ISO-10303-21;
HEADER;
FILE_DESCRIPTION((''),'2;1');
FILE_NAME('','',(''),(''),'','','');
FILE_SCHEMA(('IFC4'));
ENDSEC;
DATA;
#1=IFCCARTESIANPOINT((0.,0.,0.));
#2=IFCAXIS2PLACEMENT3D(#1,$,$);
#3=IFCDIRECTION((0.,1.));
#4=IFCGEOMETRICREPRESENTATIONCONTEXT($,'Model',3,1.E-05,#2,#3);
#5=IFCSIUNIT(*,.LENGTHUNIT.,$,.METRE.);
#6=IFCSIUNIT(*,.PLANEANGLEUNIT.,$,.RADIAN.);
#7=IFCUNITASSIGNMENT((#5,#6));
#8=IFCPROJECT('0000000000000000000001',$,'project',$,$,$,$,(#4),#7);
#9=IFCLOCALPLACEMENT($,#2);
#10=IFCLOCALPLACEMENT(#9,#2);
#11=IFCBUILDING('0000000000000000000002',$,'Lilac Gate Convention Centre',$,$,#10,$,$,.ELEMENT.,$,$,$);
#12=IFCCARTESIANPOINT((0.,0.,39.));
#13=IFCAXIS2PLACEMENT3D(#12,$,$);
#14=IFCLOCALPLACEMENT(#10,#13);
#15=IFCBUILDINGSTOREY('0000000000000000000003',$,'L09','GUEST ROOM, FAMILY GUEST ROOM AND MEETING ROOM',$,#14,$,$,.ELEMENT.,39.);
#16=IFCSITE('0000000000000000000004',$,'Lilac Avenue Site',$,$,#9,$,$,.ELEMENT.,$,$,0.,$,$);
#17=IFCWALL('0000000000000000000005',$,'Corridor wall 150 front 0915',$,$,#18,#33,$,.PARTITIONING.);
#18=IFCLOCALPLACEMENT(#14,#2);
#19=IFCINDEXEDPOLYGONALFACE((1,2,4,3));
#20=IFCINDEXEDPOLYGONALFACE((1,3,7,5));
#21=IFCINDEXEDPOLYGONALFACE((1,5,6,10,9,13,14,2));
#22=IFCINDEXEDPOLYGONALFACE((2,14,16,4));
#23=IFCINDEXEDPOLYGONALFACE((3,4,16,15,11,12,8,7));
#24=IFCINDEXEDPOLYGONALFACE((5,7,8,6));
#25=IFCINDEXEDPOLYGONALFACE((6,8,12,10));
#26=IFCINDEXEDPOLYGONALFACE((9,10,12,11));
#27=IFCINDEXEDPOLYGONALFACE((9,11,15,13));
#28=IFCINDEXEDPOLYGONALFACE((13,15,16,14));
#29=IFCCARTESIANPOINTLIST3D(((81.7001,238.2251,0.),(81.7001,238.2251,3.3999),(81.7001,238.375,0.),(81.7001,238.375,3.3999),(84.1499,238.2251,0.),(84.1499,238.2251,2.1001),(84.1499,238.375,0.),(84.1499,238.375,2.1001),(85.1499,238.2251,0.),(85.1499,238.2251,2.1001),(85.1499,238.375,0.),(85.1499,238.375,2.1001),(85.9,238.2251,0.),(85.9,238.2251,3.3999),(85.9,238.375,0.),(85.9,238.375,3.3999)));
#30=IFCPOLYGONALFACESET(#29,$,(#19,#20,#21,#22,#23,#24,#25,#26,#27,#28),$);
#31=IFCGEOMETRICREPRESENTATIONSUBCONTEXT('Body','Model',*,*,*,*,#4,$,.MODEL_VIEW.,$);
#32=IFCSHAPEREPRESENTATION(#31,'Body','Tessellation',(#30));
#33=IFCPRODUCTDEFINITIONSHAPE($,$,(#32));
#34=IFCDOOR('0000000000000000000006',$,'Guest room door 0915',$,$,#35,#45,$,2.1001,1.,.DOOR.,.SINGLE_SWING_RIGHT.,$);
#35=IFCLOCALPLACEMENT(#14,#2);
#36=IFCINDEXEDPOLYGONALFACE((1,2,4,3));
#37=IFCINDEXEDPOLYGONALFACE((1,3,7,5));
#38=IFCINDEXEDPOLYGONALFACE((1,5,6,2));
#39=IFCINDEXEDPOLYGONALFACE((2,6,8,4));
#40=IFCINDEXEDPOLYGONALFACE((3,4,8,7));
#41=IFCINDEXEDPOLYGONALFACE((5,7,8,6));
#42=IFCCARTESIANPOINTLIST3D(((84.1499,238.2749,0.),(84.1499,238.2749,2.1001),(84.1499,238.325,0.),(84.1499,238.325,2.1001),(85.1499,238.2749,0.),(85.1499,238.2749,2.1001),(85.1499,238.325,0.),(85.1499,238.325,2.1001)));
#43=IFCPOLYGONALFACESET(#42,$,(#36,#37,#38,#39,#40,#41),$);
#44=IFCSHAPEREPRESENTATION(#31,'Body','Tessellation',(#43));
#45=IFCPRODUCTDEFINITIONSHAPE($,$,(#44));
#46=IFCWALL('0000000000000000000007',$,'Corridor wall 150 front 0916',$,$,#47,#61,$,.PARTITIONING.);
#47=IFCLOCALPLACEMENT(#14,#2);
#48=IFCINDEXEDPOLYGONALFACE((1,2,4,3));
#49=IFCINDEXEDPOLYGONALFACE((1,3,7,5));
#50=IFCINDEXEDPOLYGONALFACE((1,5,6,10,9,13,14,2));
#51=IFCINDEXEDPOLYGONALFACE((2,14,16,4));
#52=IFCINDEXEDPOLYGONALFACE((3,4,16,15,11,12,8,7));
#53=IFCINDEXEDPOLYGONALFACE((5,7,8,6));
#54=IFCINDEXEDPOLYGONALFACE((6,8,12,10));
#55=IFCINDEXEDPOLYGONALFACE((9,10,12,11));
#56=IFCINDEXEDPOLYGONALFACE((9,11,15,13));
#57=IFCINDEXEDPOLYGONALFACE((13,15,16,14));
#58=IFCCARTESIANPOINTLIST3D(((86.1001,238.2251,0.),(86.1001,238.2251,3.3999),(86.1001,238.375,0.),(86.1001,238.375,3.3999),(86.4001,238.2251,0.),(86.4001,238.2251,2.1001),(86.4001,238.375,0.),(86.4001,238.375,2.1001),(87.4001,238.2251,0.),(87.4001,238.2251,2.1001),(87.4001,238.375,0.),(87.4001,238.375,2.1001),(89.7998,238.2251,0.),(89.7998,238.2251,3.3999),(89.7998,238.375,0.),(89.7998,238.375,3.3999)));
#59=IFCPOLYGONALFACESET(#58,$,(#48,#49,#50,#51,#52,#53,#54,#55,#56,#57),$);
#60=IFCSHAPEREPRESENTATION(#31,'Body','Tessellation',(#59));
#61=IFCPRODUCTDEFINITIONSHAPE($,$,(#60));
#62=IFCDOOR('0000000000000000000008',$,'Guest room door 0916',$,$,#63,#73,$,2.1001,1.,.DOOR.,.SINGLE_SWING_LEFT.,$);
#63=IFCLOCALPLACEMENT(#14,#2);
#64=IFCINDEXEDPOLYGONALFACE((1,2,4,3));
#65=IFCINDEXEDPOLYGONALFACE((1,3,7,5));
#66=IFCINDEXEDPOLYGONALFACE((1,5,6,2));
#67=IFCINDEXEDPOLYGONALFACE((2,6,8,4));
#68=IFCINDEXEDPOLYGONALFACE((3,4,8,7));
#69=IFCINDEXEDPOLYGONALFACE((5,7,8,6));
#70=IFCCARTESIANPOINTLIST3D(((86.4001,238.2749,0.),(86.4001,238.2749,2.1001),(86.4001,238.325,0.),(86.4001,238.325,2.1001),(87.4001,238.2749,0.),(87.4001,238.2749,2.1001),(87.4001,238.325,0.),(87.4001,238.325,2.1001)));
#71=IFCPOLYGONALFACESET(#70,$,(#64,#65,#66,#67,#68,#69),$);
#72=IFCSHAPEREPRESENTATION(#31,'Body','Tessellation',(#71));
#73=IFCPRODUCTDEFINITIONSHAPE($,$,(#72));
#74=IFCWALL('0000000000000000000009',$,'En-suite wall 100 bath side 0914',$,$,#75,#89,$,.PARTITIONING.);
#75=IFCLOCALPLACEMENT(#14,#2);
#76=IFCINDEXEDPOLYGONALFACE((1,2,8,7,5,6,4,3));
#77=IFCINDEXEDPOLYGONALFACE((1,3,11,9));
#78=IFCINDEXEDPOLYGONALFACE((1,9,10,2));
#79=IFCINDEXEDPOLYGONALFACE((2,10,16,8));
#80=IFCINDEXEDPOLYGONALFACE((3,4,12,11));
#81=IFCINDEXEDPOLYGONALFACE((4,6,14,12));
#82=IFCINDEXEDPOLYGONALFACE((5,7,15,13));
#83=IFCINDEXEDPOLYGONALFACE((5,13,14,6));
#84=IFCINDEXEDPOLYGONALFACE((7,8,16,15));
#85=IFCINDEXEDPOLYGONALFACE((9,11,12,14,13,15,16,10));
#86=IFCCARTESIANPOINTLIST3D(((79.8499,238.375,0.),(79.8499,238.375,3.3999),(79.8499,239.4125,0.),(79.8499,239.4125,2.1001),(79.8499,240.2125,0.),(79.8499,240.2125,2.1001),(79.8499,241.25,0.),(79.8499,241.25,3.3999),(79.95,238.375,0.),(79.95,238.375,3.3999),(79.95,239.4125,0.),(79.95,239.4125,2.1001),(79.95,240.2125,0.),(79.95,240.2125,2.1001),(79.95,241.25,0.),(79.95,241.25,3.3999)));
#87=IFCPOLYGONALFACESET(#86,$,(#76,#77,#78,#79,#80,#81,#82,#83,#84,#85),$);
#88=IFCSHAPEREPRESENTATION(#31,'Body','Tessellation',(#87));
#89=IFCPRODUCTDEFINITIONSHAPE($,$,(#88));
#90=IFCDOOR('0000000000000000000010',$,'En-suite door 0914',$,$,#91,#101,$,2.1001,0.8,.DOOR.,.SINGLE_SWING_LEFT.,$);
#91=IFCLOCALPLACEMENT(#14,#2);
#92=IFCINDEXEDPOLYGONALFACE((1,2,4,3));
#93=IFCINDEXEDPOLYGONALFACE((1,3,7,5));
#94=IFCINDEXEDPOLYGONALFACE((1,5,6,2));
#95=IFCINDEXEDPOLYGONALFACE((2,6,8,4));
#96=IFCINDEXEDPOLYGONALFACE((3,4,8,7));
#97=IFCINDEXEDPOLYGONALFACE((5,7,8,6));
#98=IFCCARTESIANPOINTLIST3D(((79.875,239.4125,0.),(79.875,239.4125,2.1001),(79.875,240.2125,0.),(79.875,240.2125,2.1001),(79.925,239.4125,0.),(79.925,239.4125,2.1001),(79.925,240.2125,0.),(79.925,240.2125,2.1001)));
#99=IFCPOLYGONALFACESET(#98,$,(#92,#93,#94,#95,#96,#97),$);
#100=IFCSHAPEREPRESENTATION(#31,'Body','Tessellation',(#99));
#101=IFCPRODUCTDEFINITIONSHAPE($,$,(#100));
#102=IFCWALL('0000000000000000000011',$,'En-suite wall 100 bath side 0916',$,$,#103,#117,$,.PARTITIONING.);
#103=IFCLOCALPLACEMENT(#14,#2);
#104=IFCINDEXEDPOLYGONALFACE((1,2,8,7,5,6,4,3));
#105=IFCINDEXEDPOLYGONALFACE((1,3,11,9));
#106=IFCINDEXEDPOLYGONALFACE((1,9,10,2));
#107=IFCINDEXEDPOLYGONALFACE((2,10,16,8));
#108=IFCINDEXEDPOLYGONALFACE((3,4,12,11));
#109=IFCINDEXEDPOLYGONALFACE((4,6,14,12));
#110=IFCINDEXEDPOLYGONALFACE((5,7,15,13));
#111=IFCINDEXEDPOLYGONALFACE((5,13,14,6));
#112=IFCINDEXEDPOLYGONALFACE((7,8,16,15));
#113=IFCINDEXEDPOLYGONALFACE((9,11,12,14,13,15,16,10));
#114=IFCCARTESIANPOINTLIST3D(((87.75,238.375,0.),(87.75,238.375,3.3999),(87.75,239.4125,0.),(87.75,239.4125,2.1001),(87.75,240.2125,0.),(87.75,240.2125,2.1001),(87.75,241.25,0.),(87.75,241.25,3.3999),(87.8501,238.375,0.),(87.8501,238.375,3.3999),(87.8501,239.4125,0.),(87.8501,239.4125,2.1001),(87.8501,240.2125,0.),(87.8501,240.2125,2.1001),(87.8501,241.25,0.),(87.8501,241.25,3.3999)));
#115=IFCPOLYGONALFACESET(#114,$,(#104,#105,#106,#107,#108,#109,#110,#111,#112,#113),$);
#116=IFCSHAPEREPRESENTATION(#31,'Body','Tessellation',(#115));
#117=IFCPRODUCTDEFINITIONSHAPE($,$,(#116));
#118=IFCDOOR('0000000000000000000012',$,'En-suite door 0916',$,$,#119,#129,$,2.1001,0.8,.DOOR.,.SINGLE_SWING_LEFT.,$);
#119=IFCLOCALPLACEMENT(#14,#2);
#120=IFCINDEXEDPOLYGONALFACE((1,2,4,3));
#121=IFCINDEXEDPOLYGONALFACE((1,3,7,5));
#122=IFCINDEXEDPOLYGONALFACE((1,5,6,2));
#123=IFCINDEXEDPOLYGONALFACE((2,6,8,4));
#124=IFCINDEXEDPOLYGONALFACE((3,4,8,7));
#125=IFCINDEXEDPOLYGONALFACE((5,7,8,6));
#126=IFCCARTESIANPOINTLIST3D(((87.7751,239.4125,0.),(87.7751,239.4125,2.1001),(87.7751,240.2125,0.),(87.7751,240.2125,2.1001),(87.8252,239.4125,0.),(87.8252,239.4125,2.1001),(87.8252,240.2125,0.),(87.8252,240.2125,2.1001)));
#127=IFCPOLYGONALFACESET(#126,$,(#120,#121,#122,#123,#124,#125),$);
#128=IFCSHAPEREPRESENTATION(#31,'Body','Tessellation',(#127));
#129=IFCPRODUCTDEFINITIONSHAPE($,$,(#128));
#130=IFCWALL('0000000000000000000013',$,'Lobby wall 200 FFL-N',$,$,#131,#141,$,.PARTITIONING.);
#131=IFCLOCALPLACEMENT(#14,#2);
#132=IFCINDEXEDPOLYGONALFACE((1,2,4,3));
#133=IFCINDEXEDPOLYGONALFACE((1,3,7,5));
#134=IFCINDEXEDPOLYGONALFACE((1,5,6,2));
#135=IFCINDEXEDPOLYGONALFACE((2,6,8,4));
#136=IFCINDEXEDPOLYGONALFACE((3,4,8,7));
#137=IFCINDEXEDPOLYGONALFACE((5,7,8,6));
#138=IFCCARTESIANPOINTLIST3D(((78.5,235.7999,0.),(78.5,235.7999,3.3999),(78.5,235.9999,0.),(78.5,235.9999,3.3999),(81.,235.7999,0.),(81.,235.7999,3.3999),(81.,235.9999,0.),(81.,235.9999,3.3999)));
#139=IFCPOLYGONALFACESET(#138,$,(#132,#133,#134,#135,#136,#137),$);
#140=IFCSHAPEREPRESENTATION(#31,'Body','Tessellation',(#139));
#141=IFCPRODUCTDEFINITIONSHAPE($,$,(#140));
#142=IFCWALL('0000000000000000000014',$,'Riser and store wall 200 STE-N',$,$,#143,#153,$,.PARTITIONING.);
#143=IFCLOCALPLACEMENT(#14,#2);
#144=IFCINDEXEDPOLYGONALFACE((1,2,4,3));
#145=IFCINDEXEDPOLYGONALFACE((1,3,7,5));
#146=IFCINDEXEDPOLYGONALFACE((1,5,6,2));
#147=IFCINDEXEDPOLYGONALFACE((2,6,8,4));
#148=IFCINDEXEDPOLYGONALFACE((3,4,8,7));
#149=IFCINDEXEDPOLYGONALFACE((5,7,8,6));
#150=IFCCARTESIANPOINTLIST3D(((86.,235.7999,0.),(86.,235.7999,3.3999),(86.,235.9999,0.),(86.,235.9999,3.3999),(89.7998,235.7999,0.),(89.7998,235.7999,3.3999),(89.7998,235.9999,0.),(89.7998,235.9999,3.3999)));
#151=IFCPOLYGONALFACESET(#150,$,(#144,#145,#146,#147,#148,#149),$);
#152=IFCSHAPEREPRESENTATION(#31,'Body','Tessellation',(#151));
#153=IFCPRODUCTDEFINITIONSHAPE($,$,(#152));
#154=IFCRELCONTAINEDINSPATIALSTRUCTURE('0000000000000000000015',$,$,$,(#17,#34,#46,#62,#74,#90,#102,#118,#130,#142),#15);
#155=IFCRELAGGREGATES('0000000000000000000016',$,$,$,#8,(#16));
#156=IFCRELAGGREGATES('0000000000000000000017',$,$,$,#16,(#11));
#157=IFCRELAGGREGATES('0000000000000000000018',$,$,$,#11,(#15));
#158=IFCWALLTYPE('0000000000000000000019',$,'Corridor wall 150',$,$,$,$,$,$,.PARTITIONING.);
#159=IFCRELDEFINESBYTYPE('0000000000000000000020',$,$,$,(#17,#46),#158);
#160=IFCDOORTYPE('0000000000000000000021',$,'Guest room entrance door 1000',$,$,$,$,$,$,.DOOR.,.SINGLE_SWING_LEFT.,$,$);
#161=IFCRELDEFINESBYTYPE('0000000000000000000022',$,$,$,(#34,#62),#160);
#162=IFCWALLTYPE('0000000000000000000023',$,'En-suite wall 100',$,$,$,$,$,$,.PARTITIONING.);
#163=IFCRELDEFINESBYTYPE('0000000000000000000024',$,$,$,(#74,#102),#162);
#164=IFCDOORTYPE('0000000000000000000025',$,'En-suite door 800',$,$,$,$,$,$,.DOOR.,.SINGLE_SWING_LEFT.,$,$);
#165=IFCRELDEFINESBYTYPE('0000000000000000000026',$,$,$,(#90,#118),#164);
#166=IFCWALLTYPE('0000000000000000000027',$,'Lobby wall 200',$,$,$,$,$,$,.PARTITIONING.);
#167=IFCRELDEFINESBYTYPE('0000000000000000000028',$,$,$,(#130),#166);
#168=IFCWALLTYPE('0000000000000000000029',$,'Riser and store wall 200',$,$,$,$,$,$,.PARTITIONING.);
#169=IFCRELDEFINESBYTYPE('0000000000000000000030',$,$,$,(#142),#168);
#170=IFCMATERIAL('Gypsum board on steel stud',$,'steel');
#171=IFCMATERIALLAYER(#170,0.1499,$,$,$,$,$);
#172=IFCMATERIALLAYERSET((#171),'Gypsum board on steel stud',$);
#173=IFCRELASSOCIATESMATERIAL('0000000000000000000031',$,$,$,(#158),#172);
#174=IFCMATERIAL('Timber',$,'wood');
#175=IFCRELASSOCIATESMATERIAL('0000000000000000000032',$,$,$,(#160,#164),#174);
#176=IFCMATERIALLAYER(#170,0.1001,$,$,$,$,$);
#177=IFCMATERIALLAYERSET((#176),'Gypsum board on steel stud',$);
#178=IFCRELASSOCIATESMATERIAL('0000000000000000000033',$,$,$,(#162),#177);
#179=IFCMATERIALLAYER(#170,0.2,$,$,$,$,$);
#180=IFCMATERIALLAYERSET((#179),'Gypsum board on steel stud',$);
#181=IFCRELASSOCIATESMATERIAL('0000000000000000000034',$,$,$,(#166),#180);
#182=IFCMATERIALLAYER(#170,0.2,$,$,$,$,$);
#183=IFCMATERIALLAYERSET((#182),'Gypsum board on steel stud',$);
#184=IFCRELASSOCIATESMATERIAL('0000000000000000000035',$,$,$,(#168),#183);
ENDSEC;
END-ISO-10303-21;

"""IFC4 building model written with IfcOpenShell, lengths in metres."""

from ifc_helpers import new_model, si_unit, direction, frame, frame_2d, origin, place, context, subcontext, project, spatial, rectangle, extrude, material, layer, layer_set, type_object, element, fill, save


model = new_model("IFC4")

# Units and contexts
model_context = context("Model", 3, precision=1e-05, world=origin(), true_north=direction((0.0, 1.0)))
body_context = subcontext(model_context, "Body", "Model", "MODEL_VIEW")
ifc_project = project(units=[si_unit("LENGTHUNIT", "METRE"), si_unit("PLANEANGLEUNIT", "RADIAN")], contexts=[model_context])

# Site, building, storey
site_placement = place(None, origin())
site = spatial("IfcSite", under=ifc_project, at=site_placement, Name="Lilac Avenue Site", CompositionType="ELEMENT", RefElevation=0.0)
building_placement = place(site_placement, origin())
building = spatial("IfcBuilding", under=site, at=building_placement, Name="Lilac Gate Convention Centre", CompositionType="ELEMENT")
storey_placement = place(building_placement, frame((0.0, 0.0, 39.0)))
storey = spatial("IfcBuildingStorey", under=building, at=storey_placement, Name="L09", Description="GUEST ROOM, FAMILY GUEST ROOM AND MEETING ROOM", CompositionType="ELEMENT", Elevation=39.0)

# Walls, openings, doors
ifc_material_1 = material(Name="Gypsum board on steel stud", Category="steel")
ifc_layer_1 = layer(ifc_material_1, 0.1499)
ifc_layer_set_1 = layer_set([ifc_layer_1], Name="Gypsum board on steel stud")
wall_type_1 = type_object("IfcWallType", Name="Corridor wall 150", PredefinedType="PARTITIONING", material=ifc_layer_set_1)
ifc_material_2 = material(Name="Timber", Category="wood")
door_type_1 = type_object("IfcDoorType", Name="Guest room entrance door 1000", OperationType="SINGLE_SWING_LEFT", PredefinedType="DOOR", material=ifc_material_2)
wall_1_placement = place(storey_placement, frame((81.7, 238.3, 0.0), z_axis=(0.0, 0.0, 1.0), x_axis=(1.0, 0.0, 0.0)))
wall_1 = element("IfcWall", 1, at=wall_1_placement, inside=storey, type_object=wall_type_1, Name="Corridor wall 150 front 0915", PredefinedType="PARTITIONING", context=body_context, shape_type="SweptSolid", body=[
    extrude(rectangle(XDim=4.2, YDim=0.1499, at=frame_2d((2.1001, 0.0))), origin(), (0.0, 0.0, 1.0), 3.3999),
])
opening_1_placement = place(wall_1_placement, frame((2.45, 0.0, 0.0)))
opening_1 = element("IfcOpeningElement", 2, at=opening_1_placement, cuts=wall_1, PredefinedType="OPENING", context=body_context, shape_type="SweptSolid", body=[
    extrude(rectangle(XDim=1.0, YDim=2.1001, at=frame_2d((0.5, 1.05))), frame((0.0, 0.085, 0.0), z_axis=(0.0, -1.0, 0.0), x_axis=(1.0, 0.0, 0.0)), (0.0, 0.0, 1.0), 0.1699),
])
door_1_placement = place(opening_1_placement, origin())
door_1 = element("IfcDoor", 3, at=door_1_placement, inside=storey, type_object=door_type_1, Name="Guest room door 0915", OperationType="SINGLE_SWING_RIGHT", OverallHeight=2.1001, OverallWidth=1.0, PredefinedType="DOOR", context=body_context, shape_type="SweptSolid", body=[
    extrude(rectangle(XDim=1.0, YDim=2.1001, at=frame_2d((0.5, 1.05))), frame((0.0, 0.0249, 0.0), z_axis=(0.0, -1.0, 0.0), x_axis=(1.0, 0.0, 0.0)), (0.0, 0.0, 1.0), 0.05),
])
fill(opening_1, door_1)
wall_2_placement = place(storey_placement, frame((86.1001, 238.3, 0.0), z_axis=(0.0, 0.0, 1.0), x_axis=(1.0, 0.0, 0.0)))
wall_2 = element("IfcWall", 4, at=wall_2_placement, inside=storey, type_object=wall_type_1, Name="Corridor wall 150 front 0916", PredefinedType="PARTITIONING", context=body_context, shape_type="SweptSolid", body=[
    extrude(rectangle(XDim=3.6997, YDim=0.1499, at=frame_2d((1.8499, 0.0))), origin(), (0.0, 0.0, 1.0), 3.3999),
])
opening_2_placement = place(wall_2_placement, frame((0.3, 0.0, 0.0)))
opening_2 = element("IfcOpeningElement", 5, at=opening_2_placement, cuts=wall_2, PredefinedType="OPENING", context=body_context, shape_type="SweptSolid", body=[
    extrude(rectangle(XDim=1.0, YDim=2.1001, at=frame_2d((0.5, 1.05))), frame((0.0, 0.085, 0.0), z_axis=(0.0, -1.0, 0.0), x_axis=(1.0, 0.0, 0.0)), (0.0, 0.0, 1.0), 0.1699),
])
door_2_placement = place(opening_2_placement, origin())
door_2 = element("IfcDoor", 6, at=door_2_placement, inside=storey, type_object=door_type_1, Name="Guest room door 0916", OperationType="SINGLE_SWING_LEFT", OverallHeight=2.1001, OverallWidth=1.0, PredefinedType="DOOR", context=body_context, shape_type="SweptSolid", body=[
    extrude(rectangle(XDim=1.0, YDim=2.1001, at=frame_2d((0.5, 1.05))), frame((0.0, 0.0249, 0.0), z_axis=(0.0, -1.0, 0.0), x_axis=(1.0, 0.0, 0.0)), (0.0, 0.0, 1.0), 0.05),
])
fill(opening_2, door_2)
ifc_layer_2 = layer(ifc_material_1, 0.1001)
ifc_layer_set_2 = layer_set([ifc_layer_2], Name="Gypsum board on steel stud")
wall_type_2 = type_object("IfcWallType", Name="En-suite wall 100", PredefinedType="PARTITIONING", material=ifc_layer_set_2)
wall_3_placement = place(storey_placement, frame((79.8999, 238.375, 0.0), z_axis=(0.0, 0.0, 1.0), x_axis=(0.0, 1.0, 0.0)))
wall_3 = element("IfcWall", 7, at=wall_3_placement, inside=storey, type_object=wall_type_2, Name="En-suite wall 100 bath side 0914", PredefinedType="PARTITIONING", context=body_context, shape_type="SweptSolid", body=[
    extrude(rectangle(XDim=2.875, YDim=0.1001, at=frame_2d((1.4375, 0.0))), origin(), (0.0, 0.0, 1.0), 3.3999),
])
opening_3_placement = place(wall_3_placement, frame((1.0376, 0.0, 0.0)))
opening_3 = element("IfcOpeningElement", 8, at=opening_3_placement, cuts=wall_3, PredefinedType="OPENING", context=body_context, shape_type="SweptSolid", body=[
    extrude(rectangle(XDim=0.8, YDim=2.1001, at=frame_2d((0.3999, 1.05))), frame((0.0, 0.0601, 0.0), z_axis=(0.0, -1.0, 0.0), x_axis=(1.0, 0.0, 0.0)), (0.0, 0.0, 1.0), 0.1201),
])
door_type_2 = type_object("IfcDoorType", Name="En-suite door 800", OperationType="SINGLE_SWING_LEFT", PredefinedType="DOOR", material=ifc_material_2)
door_3_placement = place(opening_3_placement, origin())
door_3 = element("IfcDoor", 9, at=door_3_placement, inside=storey, type_object=door_type_2, Name="En-suite door 0914", OperationType="SINGLE_SWING_LEFT", OverallHeight=2.1001, OverallWidth=0.8, PredefinedType="DOOR", context=body_context, shape_type="SweptSolid", body=[
    extrude(rectangle(XDim=0.8, YDim=2.1001, at=frame_2d((0.3999, 1.05))), frame((0.0, 0.0249, 0.0), z_axis=(0.0, -1.0, 0.0), x_axis=(1.0, 0.0, 0.0)), (0.0, 0.0, 1.0), 0.05),
])
fill(opening_3, door_3)
wall_4_placement = place(storey_placement, frame((87.8, 238.375, 0.0), z_axis=(0.0, 0.0, 1.0), x_axis=(0.0, 1.0, 0.0)))
wall_4 = element("IfcWall", 10, at=wall_4_placement, inside=storey, type_object=wall_type_2, Name="En-suite wall 100 bath side 0916", PredefinedType="PARTITIONING", context=body_context, shape_type="SweptSolid", body=[
    extrude(rectangle(XDim=2.875, YDim=0.1001, at=frame_2d((1.4375, 0.0))), origin(), (0.0, 0.0, 1.0), 3.3999),
])
opening_4_placement = place(wall_4_placement, frame((1.0376, 0.0, 0.0)))
opening_4 = element("IfcOpeningElement", 11, at=opening_4_placement, cuts=wall_4, PredefinedType="OPENING", context=body_context, shape_type="SweptSolid", body=[
    extrude(rectangle(XDim=0.8, YDim=2.1001, at=frame_2d((0.3999, 1.05))), frame((0.0, 0.0601, 0.0), z_axis=(0.0, -1.0, 0.0), x_axis=(1.0, 0.0, 0.0)), (0.0, 0.0, 1.0), 0.1201),
])
door_4_placement = place(opening_4_placement, origin())
door_4 = element("IfcDoor", 12, at=door_4_placement, inside=storey, type_object=door_type_2, Name="En-suite door 0916", OperationType="SINGLE_SWING_LEFT", OverallHeight=2.1001, OverallWidth=0.8, PredefinedType="DOOR", context=body_context, shape_type="SweptSolid", body=[
    extrude(rectangle(XDim=0.8, YDim=2.1001, at=frame_2d((0.3999, 1.05))), frame((0.0, 0.0249, 0.0), z_axis=(0.0, -1.0, 0.0), x_axis=(1.0, 0.0, 0.0)), (0.0, 0.0, 1.0), 0.05),
])
fill(opening_4, door_4)

# Walls
ifc_layer_3 = layer(ifc_material_1, 0.2)
ifc_layer_set_3 = layer_set([ifc_layer_3], Name="Gypsum board on steel stud")
wall_type_3 = type_object("IfcWallType", Name="Lobby wall 200", PredefinedType="PARTITIONING", material=ifc_layer_set_3)
wall_5_placement = place(storey_placement, frame((78.5, 235.8999, 0.0), z_axis=(0.0, 0.0, 1.0), x_axis=(1.0, 0.0, 0.0)))
element("IfcWall", 13, at=wall_5_placement, inside=storey, type_object=wall_type_3, Name="Lobby wall 200 FFL-N", PredefinedType="PARTITIONING", context=body_context, shape_type="SweptSolid", body=[
    extrude(rectangle(XDim=2.5, YDim=0.2, at=frame_2d((1.25, 0.0))), origin(), (0.0, 0.0, 1.0), 3.3999),
])
ifc_layer_4 = layer(ifc_material_1, 0.2)
ifc_layer_set_4 = layer_set([ifc_layer_4], Name="Gypsum board on steel stud")
wall_type_4 = type_object("IfcWallType", Name="Riser and store wall 200", PredefinedType="PARTITIONING", material=ifc_layer_set_4)
wall_6_placement = place(storey_placement, frame((86.0, 235.8999, 0.0), z_axis=(0.0, 0.0, 1.0), x_axis=(1.0, 0.0, 0.0)))
element("IfcWall", 14, at=wall_6_placement, inside=storey, type_object=wall_type_4, Name="Riser and store wall 200 STE-N", PredefinedType="PARTITIONING", context=body_context, shape_type="SweptSolid", body=[
    extrude(rectangle(XDim=3.7998, YDim=0.2, at=frame_2d((1.8999, 0.0))), origin(), (0.0, 0.0, 1.0), 3.3999),
])

save(model, "model.ifc")
